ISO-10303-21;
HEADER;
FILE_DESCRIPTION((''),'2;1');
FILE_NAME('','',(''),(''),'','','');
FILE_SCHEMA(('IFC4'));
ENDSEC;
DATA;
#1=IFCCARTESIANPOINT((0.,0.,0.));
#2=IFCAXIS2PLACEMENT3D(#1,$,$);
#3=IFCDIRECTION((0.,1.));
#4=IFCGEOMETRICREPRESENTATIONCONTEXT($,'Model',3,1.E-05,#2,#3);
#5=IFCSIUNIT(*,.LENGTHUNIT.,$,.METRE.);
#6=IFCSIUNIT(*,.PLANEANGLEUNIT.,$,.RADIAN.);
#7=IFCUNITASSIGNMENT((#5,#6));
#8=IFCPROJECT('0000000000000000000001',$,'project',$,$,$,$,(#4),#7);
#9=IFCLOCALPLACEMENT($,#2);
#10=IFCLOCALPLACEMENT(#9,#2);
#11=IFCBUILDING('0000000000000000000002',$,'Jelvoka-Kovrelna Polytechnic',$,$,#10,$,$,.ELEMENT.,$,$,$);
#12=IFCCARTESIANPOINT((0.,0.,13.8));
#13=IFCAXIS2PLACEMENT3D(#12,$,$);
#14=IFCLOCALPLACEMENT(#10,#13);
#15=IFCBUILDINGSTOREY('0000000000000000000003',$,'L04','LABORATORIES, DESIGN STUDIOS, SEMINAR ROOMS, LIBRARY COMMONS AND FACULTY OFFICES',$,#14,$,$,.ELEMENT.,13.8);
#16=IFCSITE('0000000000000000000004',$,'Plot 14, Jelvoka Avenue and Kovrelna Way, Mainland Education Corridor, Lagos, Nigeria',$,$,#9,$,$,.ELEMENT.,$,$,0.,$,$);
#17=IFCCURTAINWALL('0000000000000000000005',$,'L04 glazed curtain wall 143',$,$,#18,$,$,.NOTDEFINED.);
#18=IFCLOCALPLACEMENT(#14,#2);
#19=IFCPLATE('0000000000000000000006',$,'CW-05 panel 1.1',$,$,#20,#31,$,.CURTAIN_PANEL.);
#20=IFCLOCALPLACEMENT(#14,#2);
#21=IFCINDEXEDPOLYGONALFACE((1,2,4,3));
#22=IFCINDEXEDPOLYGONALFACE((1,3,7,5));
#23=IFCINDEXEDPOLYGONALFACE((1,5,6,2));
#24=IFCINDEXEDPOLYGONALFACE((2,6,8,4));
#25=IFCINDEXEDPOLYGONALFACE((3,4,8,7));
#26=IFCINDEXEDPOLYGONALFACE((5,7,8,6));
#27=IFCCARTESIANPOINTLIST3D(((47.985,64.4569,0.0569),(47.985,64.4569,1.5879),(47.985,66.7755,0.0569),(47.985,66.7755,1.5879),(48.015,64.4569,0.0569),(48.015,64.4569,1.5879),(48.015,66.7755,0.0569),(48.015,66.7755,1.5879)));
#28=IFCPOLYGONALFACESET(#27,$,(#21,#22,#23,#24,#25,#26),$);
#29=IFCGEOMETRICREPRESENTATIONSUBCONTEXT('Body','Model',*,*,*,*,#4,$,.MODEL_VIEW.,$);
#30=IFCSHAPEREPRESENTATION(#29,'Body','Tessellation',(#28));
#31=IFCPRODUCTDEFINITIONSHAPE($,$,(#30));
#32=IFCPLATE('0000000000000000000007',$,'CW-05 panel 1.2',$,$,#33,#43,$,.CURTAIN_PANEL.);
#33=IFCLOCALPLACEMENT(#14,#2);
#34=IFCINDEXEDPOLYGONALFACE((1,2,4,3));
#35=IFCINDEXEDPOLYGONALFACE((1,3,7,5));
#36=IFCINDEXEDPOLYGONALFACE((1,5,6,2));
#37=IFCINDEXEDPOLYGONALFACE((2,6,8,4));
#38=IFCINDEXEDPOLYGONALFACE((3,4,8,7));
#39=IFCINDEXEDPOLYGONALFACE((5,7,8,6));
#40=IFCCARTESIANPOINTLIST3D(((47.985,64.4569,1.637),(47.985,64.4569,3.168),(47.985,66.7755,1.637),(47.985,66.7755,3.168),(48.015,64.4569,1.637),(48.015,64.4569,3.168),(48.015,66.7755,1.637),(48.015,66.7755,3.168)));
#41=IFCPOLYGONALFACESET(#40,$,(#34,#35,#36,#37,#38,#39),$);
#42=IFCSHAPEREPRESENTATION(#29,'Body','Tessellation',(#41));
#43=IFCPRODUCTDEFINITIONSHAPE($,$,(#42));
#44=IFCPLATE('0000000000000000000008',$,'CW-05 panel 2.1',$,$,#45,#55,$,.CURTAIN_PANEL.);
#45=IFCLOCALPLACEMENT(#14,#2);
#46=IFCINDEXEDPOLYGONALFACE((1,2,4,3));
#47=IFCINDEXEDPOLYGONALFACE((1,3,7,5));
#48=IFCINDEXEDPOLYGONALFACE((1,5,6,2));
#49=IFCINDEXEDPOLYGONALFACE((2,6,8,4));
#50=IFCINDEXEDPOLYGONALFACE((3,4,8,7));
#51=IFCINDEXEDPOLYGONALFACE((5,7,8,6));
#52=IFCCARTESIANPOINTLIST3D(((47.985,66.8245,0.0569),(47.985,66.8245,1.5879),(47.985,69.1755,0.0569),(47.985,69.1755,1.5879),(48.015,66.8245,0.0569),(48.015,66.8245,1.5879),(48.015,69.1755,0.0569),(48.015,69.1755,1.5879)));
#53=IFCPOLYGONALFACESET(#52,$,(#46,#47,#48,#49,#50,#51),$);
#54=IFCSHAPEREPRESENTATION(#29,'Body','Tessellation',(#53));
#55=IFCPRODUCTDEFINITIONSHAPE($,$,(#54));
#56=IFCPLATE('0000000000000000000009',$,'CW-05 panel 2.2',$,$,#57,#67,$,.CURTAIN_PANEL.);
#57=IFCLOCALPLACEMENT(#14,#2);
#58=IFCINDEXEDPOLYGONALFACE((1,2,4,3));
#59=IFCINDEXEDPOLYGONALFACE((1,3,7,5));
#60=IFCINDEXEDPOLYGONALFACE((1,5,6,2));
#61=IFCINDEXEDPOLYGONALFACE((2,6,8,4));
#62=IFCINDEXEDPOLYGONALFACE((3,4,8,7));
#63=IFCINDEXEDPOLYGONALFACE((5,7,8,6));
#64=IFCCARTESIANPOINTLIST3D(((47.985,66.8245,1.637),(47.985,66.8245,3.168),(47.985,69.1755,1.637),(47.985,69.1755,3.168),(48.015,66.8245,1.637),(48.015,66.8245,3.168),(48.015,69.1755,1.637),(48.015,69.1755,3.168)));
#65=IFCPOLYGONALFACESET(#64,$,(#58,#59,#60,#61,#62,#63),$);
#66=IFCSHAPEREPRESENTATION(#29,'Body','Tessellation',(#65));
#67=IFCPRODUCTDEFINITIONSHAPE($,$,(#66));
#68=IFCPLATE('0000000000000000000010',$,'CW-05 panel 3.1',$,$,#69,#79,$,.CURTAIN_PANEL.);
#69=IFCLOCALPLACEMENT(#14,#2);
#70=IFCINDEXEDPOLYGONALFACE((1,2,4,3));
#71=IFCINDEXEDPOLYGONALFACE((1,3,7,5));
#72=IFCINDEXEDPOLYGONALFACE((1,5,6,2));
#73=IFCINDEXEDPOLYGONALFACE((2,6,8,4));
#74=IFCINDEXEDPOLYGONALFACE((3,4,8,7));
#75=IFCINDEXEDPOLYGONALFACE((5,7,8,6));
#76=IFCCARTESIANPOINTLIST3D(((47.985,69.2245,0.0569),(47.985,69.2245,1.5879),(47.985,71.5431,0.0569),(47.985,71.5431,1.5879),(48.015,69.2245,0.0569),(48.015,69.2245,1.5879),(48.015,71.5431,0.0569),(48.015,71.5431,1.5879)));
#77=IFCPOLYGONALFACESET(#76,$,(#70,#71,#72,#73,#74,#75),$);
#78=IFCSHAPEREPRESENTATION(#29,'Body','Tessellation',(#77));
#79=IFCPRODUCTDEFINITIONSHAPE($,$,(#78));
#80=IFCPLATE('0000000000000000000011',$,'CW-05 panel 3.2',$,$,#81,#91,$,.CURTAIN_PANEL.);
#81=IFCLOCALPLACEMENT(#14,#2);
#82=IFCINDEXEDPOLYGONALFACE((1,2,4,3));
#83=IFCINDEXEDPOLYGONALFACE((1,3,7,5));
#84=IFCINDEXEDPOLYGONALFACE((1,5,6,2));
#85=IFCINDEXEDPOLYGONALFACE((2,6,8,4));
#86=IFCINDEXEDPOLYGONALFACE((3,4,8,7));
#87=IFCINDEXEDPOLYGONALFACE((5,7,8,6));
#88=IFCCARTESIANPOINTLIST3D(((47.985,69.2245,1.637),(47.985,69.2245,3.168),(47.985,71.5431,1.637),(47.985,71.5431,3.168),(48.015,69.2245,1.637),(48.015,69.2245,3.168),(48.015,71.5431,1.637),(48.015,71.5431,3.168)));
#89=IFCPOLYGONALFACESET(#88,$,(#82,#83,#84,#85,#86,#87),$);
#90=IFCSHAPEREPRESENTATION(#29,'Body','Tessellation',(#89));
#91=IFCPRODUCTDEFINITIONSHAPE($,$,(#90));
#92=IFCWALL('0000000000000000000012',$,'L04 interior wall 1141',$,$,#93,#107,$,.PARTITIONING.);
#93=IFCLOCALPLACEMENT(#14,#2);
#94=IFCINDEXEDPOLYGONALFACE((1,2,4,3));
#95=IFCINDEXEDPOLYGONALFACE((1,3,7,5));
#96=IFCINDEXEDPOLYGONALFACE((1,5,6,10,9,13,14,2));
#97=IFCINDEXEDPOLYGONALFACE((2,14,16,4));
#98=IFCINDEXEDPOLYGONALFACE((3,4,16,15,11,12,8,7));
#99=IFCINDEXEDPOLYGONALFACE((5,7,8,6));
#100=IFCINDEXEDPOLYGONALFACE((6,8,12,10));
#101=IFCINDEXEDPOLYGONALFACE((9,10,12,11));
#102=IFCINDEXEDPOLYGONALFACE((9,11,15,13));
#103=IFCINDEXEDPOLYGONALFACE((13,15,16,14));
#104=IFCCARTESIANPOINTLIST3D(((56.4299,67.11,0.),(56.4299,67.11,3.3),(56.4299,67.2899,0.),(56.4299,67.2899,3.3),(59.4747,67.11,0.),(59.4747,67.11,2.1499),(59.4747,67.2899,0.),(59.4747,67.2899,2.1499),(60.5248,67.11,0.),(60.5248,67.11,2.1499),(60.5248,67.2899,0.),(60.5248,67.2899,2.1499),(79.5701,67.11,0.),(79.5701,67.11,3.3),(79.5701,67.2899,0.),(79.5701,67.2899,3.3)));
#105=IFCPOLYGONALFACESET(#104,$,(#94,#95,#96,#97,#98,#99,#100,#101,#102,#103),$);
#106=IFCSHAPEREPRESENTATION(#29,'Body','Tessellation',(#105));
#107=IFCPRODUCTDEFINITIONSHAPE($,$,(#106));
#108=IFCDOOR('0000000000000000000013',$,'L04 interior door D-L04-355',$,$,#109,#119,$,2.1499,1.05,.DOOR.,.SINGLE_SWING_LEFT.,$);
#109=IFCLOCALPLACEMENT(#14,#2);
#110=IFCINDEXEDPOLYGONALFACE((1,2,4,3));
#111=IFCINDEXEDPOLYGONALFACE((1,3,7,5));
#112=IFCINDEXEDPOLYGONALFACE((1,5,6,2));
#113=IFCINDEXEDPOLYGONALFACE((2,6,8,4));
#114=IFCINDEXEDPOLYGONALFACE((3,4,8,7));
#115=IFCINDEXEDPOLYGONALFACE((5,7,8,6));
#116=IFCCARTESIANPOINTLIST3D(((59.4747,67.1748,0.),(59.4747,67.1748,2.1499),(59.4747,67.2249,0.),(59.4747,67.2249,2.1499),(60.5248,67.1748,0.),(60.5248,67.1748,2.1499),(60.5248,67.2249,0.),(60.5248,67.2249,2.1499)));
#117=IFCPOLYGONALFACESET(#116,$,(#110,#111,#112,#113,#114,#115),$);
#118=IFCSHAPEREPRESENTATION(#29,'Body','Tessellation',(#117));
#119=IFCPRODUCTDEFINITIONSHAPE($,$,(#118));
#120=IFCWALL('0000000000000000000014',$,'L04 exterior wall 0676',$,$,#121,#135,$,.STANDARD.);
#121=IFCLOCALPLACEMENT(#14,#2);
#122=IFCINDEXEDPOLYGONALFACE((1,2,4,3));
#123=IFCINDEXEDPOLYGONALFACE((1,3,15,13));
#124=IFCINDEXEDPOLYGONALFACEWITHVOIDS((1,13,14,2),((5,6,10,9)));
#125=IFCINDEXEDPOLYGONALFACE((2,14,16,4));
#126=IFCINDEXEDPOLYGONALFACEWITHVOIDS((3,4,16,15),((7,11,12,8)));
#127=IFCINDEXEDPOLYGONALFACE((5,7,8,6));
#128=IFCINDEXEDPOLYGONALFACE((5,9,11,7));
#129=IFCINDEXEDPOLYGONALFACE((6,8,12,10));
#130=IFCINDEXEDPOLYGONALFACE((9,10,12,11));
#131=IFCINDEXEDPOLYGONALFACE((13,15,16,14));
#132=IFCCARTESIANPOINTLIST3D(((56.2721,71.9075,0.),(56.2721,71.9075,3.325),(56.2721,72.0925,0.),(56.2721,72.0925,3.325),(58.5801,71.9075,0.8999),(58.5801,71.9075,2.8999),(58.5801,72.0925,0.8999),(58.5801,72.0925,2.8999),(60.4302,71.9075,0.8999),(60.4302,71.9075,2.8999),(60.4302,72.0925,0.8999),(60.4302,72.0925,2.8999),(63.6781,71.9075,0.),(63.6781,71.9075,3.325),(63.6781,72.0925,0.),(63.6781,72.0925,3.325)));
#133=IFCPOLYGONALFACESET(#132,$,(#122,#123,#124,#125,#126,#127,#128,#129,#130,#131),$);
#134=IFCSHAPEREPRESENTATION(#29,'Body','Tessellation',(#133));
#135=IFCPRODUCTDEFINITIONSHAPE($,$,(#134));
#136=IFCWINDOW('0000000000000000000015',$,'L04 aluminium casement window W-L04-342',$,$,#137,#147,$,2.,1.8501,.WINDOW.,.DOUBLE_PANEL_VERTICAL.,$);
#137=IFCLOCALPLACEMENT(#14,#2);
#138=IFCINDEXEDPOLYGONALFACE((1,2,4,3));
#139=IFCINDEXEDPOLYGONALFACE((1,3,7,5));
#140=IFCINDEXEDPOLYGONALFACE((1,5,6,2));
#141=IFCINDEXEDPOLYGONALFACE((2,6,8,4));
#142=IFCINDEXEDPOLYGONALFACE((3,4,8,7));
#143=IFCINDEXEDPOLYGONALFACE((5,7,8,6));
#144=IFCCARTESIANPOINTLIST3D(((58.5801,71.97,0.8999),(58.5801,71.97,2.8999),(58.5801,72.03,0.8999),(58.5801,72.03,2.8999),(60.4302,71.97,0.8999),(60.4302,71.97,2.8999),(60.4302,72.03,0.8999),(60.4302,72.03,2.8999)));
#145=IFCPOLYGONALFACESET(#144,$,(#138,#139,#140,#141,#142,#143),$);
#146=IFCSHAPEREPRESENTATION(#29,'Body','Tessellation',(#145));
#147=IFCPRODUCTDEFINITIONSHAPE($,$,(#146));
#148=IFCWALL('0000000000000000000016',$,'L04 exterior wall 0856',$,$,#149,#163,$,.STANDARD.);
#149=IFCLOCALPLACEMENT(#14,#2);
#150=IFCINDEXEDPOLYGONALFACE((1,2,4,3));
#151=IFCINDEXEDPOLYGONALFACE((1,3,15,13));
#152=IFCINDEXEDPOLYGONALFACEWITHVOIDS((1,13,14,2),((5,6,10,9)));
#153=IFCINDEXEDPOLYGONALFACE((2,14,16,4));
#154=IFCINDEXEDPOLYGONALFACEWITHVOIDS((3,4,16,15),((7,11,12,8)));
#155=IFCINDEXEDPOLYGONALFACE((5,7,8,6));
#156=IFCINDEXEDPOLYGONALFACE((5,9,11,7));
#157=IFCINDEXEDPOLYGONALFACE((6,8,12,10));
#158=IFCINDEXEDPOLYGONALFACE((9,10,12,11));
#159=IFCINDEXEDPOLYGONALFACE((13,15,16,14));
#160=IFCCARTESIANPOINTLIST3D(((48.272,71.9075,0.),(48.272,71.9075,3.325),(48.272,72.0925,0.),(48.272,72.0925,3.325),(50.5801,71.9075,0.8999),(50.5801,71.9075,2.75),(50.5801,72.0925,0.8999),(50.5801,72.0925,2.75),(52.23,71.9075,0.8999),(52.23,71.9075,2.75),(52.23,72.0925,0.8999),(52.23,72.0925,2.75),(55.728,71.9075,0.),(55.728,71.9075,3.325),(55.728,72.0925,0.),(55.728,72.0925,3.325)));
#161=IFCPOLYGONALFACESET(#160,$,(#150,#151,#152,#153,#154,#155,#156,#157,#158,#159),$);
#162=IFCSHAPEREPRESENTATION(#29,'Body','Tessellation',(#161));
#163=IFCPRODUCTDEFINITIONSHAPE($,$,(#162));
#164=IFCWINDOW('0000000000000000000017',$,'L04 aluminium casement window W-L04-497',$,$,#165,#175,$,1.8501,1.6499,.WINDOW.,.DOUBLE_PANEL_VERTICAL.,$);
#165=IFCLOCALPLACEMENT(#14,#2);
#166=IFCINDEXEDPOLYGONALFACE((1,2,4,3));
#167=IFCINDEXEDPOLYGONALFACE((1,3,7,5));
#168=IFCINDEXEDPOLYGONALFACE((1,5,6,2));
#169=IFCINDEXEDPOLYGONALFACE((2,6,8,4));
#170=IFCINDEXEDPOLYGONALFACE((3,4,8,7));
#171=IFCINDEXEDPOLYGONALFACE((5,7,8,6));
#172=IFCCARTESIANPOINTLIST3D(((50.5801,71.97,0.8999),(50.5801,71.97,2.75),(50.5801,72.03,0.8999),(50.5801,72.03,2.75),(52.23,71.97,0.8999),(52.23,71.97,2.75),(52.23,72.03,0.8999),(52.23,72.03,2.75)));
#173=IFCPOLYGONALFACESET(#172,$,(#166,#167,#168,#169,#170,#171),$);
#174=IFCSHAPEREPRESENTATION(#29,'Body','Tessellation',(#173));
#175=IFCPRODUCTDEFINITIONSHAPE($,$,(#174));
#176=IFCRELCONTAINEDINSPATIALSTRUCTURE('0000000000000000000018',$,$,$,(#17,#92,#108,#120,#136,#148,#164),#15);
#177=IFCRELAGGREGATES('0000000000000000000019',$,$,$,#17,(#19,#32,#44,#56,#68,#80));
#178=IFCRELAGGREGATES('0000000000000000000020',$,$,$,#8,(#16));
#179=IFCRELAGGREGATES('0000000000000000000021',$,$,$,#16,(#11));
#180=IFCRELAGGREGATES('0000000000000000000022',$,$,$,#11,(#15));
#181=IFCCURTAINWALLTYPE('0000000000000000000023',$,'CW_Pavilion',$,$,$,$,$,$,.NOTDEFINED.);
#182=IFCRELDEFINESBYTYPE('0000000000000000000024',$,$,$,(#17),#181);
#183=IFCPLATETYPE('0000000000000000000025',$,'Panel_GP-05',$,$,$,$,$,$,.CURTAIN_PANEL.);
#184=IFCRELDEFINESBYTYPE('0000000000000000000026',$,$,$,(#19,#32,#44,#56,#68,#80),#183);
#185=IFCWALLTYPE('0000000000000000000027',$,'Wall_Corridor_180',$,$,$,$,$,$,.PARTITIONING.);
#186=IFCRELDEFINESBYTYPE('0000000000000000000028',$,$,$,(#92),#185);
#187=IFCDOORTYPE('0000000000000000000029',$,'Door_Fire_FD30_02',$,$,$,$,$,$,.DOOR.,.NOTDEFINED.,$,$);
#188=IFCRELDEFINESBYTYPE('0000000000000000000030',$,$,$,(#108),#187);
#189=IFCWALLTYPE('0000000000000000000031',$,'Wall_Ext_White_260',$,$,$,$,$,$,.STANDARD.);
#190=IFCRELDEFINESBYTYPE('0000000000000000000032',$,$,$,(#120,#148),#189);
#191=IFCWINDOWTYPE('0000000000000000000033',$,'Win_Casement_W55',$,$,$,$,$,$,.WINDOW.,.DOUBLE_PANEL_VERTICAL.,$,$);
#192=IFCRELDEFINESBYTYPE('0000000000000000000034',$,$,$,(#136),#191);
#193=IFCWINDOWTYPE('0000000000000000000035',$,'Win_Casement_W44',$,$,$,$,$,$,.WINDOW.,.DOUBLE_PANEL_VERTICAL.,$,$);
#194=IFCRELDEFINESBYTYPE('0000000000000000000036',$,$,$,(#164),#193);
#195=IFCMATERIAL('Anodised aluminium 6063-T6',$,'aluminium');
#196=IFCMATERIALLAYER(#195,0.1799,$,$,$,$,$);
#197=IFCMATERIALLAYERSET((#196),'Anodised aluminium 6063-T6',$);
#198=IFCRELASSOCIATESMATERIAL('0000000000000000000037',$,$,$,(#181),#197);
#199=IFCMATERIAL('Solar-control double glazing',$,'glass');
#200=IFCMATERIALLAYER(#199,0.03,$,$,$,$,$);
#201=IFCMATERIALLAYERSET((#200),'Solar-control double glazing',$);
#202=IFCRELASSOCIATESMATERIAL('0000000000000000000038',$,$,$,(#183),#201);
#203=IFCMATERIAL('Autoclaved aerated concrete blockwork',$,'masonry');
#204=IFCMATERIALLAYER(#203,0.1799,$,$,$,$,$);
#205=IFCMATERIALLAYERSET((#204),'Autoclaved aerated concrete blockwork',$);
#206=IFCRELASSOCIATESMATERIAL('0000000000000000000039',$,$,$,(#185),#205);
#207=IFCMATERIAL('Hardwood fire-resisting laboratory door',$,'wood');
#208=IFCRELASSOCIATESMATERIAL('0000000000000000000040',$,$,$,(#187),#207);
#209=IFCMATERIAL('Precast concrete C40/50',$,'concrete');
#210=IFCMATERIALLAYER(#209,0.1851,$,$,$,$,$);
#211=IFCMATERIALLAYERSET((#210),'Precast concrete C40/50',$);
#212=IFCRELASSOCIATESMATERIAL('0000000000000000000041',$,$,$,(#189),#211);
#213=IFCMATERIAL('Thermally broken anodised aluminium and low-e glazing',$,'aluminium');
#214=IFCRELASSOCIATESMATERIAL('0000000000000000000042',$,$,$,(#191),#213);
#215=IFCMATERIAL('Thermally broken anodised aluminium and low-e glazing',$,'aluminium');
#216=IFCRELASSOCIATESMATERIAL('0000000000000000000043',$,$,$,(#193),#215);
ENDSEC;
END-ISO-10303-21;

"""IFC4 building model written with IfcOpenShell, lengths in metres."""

from ifc_helpers import new_model, si_unit, direction, frame, frame_2d, origin, origin_2d, place, context, subcontext, project, spatial, rectangle, extrude, material, layer, layer_set, type_object, element, fill, aggregate, save


model = new_model("IFC4")

# Units and contexts
model_context = context("Model", 3, precision=1e-05, world=origin(), true_north=direction((0.0, 1.0)))
body_context = subcontext(model_context, "Body", "Model", "MODEL_VIEW")
ifc_project = project(units=[si_unit("LENGTHUNIT", "METRE"), si_unit("PLANEANGLEUNIT", "RADIAN")], contexts=[model_context])

# Site, building, storey
site_placement = place(None, origin())
site = spatial("IfcSite", under=ifc_project, at=site_placement, Name="Plot 14, Jelvoka Avenue and Kovrelna Way, Mainland Education Corridor, Lagos, Nigeria", CompositionType="ELEMENT", RefElevation=0.0)
building_placement = place(site_placement, origin())
building = spatial("IfcBuilding", under=site, at=building_placement, Name="Jelvoka-Kovrelna Polytechnic", CompositionType="ELEMENT")
storey_placement = place(building_placement, frame((0.0, 0.0, 13.8)))
storey = spatial("IfcBuildingStorey", under=building, at=storey_placement, Name="L04", Description="LABORATORIES, DESIGN STUDIOS, SEMINAR ROOMS, LIBRARY COMMONS AND FACULTY OFFICES", CompositionType="ELEMENT", Elevation=13.8)

# Curtain wall
ifc_material_1 = material(Name="Anodised aluminium 6063-T6", Category="aluminium")
ifc_layer_1 = layer(ifc_material_1, 0.1799)
ifc_layer_set_1 = layer_set([ifc_layer_1], Name="Anodised aluminium 6063-T6")
curtain_wall_type = type_object("IfcCurtainWallType", Name="CW_Pavilion", PredefinedType="NOTDEFINED", material=ifc_layer_set_1)
curtain_wall_placement = place(storey_placement, origin())
curtain_wall = element("IfcCurtainWall", 1, at=curtain_wall_placement, inside=storey, type_object=curtain_wall_type, Name="L04 glazed curtain wall 143", PredefinedType="NOTDEFINED")

# Plates
ifc_material_2 = material(Name="Solar-control double glazing", Category="glass")
ifc_layer_2 = layer(ifc_material_2, 0.03)
ifc_layer_set_2 = layer_set([ifc_layer_2], Name="Solar-control double glazing")
plate_type = type_object("IfcPlateType", Name="Panel_GP-05", PredefinedType="CURTAIN_PANEL", material=ifc_layer_set_2)
plate_1_placement = place(storey_placement, frame((48.0, 65.6162, 0.0569), z_axis=(0.0, 0.0, 1.0), x_axis=(0.0, 1.0, 0.0)))
plate_1 = element("IfcPlate", 2, at=plate_1_placement, type_object=plate_type, Name="CW-05 panel 1.1", PredefinedType="CURTAIN_PANEL", context=body_context, shape_type="SweptSolid", body=[
    extrude(rectangle(XDim=2.3186, YDim=0.03, at=origin_2d()), origin(), (0.0, 0.0, 1.0), 1.531),
])
plate_2_placement = place(storey_placement, frame((48.0, 65.6162, 1.637), z_axis=(0.0, 0.0, 1.0), x_axis=(0.0, 1.0, 0.0)))
plate_2 = element("IfcPlate", 3, at=plate_2_placement, type_object=plate_type, Name="CW-05 panel 1.2", PredefinedType="CURTAIN_PANEL", context=body_context, shape_type="SweptSolid", body=[
    extrude(rectangle(XDim=2.3186, YDim=0.03, at=origin_2d()), origin(), (0.0, 0.0, 1.0), 1.531),
])
plate_3_placement = place(storey_placement, frame((48.0, 68.0, 0.0569), z_axis=(0.0, 0.0, 1.0), x_axis=(0.0, 1.0, 0.0)))
plate_3 = element("IfcPlate", 4, at=plate_3_placement, type_object=plate_type, Name="CW-05 panel 2.1", PredefinedType="CURTAIN_PANEL", context=body_context, shape_type="SweptSolid", body=[
    extrude(rectangle(XDim=2.3511, YDim=0.03, at=origin_2d()), origin(), (0.0, 0.0, 1.0), 1.531),
])
plate_4_placement = place(storey_placement, frame((48.0, 68.0, 1.637), z_axis=(0.0, 0.0, 1.0), x_axis=(0.0, 1.0, 0.0)))
plate_4 = element("IfcPlate", 5, at=plate_4_placement, type_object=plate_type, Name="CW-05 panel 2.2", PredefinedType="CURTAIN_PANEL", context=body_context, shape_type="SweptSolid", body=[
    extrude(rectangle(XDim=2.3511, YDim=0.03, at=origin_2d()), origin(), (0.0, 0.0, 1.0), 1.531),
])
plate_5_placement = place(storey_placement, frame((48.0, 70.3838, 0.0569), z_axis=(0.0, 0.0, 1.0), x_axis=(0.0, 1.0, 0.0)))
plate_5 = element("IfcPlate", 6, at=plate_5_placement, type_object=plate_type, Name="CW-05 panel 3.1", PredefinedType="CURTAIN_PANEL", context=body_context, shape_type="SweptSolid", body=[
    extrude(rectangle(XDim=2.3186, YDim=0.03, at=origin_2d()), origin(), (0.0, 0.0, 1.0), 1.531),
])
plate_6_placement = place(storey_placement, frame((48.0, 70.3838, 1.637), z_axis=(0.0, 0.0, 1.0), x_axis=(0.0, 1.0, 0.0)))
plate_6 = element("IfcPlate", 7, at=plate_6_placement, type_object=plate_type, Name="CW-05 panel 3.2", PredefinedType="CURTAIN_PANEL", context=body_context, shape_type="SweptSolid", body=[
    extrude(rectangle(XDim=2.3186, YDim=0.03, at=origin_2d()), origin(), (0.0, 0.0, 1.0), 1.531),
])
aggregate(curtain_wall, [plate_1, plate_2, plate_3, plate_4, plate_5, plate_6])

# Wall, opening, door
ifc_material_3 = material(Name="Autoclaved aerated concrete blockwork", Category="masonry")
ifc_layer_3 = layer(ifc_material_3, 0.1799)
ifc_layer_set_3 = layer_set([ifc_layer_3], Name="Autoclaved aerated concrete blockwork")
wall_type_1 = type_object("IfcWallType", Name="Wall_Corridor_180", PredefinedType="PARTITIONING", material=ifc_layer_set_3)
wall_1_placement = place(storey_placement, frame((56.4299, 67.2, 0.0), z_axis=(0.0, 0.0, 1.0), x_axis=(1.0, 0.0, 0.0)))
wall_1 = element("IfcWall", 8, at=wall_1_placement, inside=storey, type_object=wall_type_1, Name="L04 interior wall 1141", PredefinedType="PARTITIONING", context=body_context, shape_type="SweptSolid", body=[
    extrude(rectangle(XDim=23.1401, YDim=0.1799, at=frame_2d((11.5701, 0.0))), origin(), (0.0, 0.0, 1.0), 3.3),
])
opening_1_placement = place(wall_1_placement, frame((3.0449, 0.0, 0.0)))
opening_1 = element("IfcOpeningElement", 9, at=opening_1_placement, cuts=wall_1, PredefinedType="OPENING", context=body_context, shape_type="SweptSolid", body=[
    extrude(rectangle(XDim=1.05, YDim=2.1499, at=frame_2d((0.5249, 1.075))), frame((0.0, 0.0999, 0.0), z_axis=(0.0, -1.0, 0.0), x_axis=(1.0, 0.0, 0.0)), (0.0, 0.0, 1.0), 0.2),
])
ifc_material_4 = material(Name="Hardwood fire-resisting laboratory door", Category="wood")
door_type = type_object("IfcDoorType", Name="Door_Fire_FD30_02", OperationType="NOTDEFINED", PredefinedType="DOOR", material=ifc_material_4)
door_placement = place(opening_1_placement, origin())
door = element("IfcDoor", 10, at=door_placement, inside=storey, type_object=door_type, Name="L04 interior door D-L04-355", OperationType="SINGLE_SWING_LEFT", OverallHeight=2.1499, OverallWidth=1.05, PredefinedType="DOOR", context=body_context, shape_type="SweptSolid", body=[
    extrude(rectangle(XDim=1.05, YDim=2.1499, at=frame_2d((0.5249, 1.075))), frame((0.0, 0.0249, 0.0), z_axis=(0.0, -1.0, 0.0), x_axis=(1.0, 0.0, 0.0)), (0.0, 0.0, 1.0), 0.05),
])
fill(opening_1, door)

# Walls, openings, windows
ifc_material_5 = material(Name="Precast concrete C40/50", Category="concrete")
ifc_layer_4 = layer(ifc_material_5, 0.1851)
ifc_layer_set_4 = layer_set([ifc_layer_4], Name="Precast concrete C40/50")
wall_type_2 = type_object("IfcWallType", Name="Wall_Ext_White_260", PredefinedType="STANDARD", material=ifc_layer_set_4)
wall_2_placement = place(storey_placement, frame((56.272, 72.0, 0.0), z_axis=(0.0, 0.0, 1.0), x_axis=(1.0, 0.0, 0.0)))
wall_2 = element("IfcWall", 11, at=wall_2_placement, inside=storey, type_object=wall_type_2, Name="L04 exterior wall 0676", PredefinedType="STANDARD", context=body_context, shape_type="SweptSolid", body=[
    extrude(rectangle(XDim=7.406, YDim=0.1851, at=frame_2d((3.7031, 0.0))), origin(), (0.0, 0.0, 1.0), 3.325),
])
opening_2_placement = place(wall_2_placement, frame((2.3081, 0.0, 0.8999)))
opening_2 = element("IfcOpeningElement", 12, at=opening_2_placement, cuts=wall_2, PredefinedType="OPENING", context=body_context, shape_type="SweptSolid", body=[
    extrude(rectangle(XDim=1.8501, YDim=2.0, at=frame_2d((0.925, 1.0))), frame((0.0, 0.1025, 0.0), z_axis=(0.0, -1.0, 0.0), x_axis=(1.0, 0.0, 0.0)), (0.0, 0.0, 1.0), 0.2051),
])
ifc_material_6 = material(Name="Thermally broken anodised aluminium and low-e glazing", Category="aluminium")
window_type_1 = type_object("IfcWindowType", Name="Win_Casement_W55", PartitioningType="DOUBLE_PANEL_VERTICAL", PredefinedType="WINDOW", material=ifc_material_6)
window_1_placement = place(opening_2_placement, origin())
window_1 = element("IfcWindow", 13, at=window_1_placement, inside=storey, type_object=window_type_1, Name="L04 aluminium casement window W-L04-342", OverallHeight=2.0, OverallWidth=1.8501, PartitioningType="DOUBLE_PANEL_VERTICAL", PredefinedType="WINDOW", context=body_context, shape_type="SweptSolid", body=[
    extrude(rectangle(XDim=1.8501, YDim=2.0, at=frame_2d((0.925, 1.0))), frame((0.0, 0.03, 0.0), z_axis=(0.0, -1.0, 0.0), x_axis=(1.0, 0.0, 0.0)), (0.0, 0.0, 1.0), 0.0601),
])
fill(opening_2, window_1)
wall_3_placement = place(storey_placement, frame((48.272, 72.0, 0.0), z_axis=(0.0, 0.0, 1.0), x_axis=(1.0, 0.0, 0.0)))
wall_3 = element("IfcWall", 14, at=wall_3_placement, inside=storey, type_object=wall_type_2, Name="L04 exterior wall 0856", PredefinedType="STANDARD", context=body_context, shape_type="SweptSolid", body=[
    extrude(rectangle(XDim=7.4561, YDim=0.1851, at=frame_2d((3.728, 0.0))), origin(), (0.0, 0.0, 1.0), 3.325),
])
opening_3_placement = place(wall_3_placement, frame((2.3081, 0.0, 0.8999)))
opening_3 = element("IfcOpeningElement", 15, at=opening_3_placement, cuts=wall_3, PredefinedType="OPENING", context=body_context, shape_type="SweptSolid", body=[
    extrude(rectangle(XDim=1.6499, YDim=1.8501, at=frame_2d((0.825, 0.925))), frame((0.0, 0.1025, 0.0), z_axis=(0.0, -1.0, 0.0), x_axis=(1.0, 0.0, 0.0)), (0.0, 0.0, 1.0), 0.2051),
])
ifc_material_7 = material(Name="Thermally broken anodised aluminium and low-e glazing", Category="aluminium")
window_type_2 = type_object("IfcWindowType", Name="Win_Casement_W44", PartitioningType="DOUBLE_PANEL_VERTICAL", PredefinedType="WINDOW", material=ifc_material_7)
window_2_placement = place(opening_3_placement, origin())
window_2 = element("IfcWindow", 16, at=window_2_placement, inside=storey, type_object=window_type_2, Name="L04 aluminium casement window W-L04-497", OverallHeight=1.8501, OverallWidth=1.6499, PartitioningType="DOUBLE_PANEL_VERTICAL", PredefinedType="WINDOW", context=body_context, shape_type="SweptSolid", body=[
    extrude(rectangle(XDim=1.6499, YDim=1.8501, at=frame_2d((0.825, 0.925))), frame((0.0, 0.03, 0.0), z_axis=(0.0, -1.0, 0.0), x_axis=(1.0, 0.0, 0.0)), (0.0, 0.0, 1.0), 0.0601),
])
fill(opening_3, window_2)

save(model, "model.ifc")
